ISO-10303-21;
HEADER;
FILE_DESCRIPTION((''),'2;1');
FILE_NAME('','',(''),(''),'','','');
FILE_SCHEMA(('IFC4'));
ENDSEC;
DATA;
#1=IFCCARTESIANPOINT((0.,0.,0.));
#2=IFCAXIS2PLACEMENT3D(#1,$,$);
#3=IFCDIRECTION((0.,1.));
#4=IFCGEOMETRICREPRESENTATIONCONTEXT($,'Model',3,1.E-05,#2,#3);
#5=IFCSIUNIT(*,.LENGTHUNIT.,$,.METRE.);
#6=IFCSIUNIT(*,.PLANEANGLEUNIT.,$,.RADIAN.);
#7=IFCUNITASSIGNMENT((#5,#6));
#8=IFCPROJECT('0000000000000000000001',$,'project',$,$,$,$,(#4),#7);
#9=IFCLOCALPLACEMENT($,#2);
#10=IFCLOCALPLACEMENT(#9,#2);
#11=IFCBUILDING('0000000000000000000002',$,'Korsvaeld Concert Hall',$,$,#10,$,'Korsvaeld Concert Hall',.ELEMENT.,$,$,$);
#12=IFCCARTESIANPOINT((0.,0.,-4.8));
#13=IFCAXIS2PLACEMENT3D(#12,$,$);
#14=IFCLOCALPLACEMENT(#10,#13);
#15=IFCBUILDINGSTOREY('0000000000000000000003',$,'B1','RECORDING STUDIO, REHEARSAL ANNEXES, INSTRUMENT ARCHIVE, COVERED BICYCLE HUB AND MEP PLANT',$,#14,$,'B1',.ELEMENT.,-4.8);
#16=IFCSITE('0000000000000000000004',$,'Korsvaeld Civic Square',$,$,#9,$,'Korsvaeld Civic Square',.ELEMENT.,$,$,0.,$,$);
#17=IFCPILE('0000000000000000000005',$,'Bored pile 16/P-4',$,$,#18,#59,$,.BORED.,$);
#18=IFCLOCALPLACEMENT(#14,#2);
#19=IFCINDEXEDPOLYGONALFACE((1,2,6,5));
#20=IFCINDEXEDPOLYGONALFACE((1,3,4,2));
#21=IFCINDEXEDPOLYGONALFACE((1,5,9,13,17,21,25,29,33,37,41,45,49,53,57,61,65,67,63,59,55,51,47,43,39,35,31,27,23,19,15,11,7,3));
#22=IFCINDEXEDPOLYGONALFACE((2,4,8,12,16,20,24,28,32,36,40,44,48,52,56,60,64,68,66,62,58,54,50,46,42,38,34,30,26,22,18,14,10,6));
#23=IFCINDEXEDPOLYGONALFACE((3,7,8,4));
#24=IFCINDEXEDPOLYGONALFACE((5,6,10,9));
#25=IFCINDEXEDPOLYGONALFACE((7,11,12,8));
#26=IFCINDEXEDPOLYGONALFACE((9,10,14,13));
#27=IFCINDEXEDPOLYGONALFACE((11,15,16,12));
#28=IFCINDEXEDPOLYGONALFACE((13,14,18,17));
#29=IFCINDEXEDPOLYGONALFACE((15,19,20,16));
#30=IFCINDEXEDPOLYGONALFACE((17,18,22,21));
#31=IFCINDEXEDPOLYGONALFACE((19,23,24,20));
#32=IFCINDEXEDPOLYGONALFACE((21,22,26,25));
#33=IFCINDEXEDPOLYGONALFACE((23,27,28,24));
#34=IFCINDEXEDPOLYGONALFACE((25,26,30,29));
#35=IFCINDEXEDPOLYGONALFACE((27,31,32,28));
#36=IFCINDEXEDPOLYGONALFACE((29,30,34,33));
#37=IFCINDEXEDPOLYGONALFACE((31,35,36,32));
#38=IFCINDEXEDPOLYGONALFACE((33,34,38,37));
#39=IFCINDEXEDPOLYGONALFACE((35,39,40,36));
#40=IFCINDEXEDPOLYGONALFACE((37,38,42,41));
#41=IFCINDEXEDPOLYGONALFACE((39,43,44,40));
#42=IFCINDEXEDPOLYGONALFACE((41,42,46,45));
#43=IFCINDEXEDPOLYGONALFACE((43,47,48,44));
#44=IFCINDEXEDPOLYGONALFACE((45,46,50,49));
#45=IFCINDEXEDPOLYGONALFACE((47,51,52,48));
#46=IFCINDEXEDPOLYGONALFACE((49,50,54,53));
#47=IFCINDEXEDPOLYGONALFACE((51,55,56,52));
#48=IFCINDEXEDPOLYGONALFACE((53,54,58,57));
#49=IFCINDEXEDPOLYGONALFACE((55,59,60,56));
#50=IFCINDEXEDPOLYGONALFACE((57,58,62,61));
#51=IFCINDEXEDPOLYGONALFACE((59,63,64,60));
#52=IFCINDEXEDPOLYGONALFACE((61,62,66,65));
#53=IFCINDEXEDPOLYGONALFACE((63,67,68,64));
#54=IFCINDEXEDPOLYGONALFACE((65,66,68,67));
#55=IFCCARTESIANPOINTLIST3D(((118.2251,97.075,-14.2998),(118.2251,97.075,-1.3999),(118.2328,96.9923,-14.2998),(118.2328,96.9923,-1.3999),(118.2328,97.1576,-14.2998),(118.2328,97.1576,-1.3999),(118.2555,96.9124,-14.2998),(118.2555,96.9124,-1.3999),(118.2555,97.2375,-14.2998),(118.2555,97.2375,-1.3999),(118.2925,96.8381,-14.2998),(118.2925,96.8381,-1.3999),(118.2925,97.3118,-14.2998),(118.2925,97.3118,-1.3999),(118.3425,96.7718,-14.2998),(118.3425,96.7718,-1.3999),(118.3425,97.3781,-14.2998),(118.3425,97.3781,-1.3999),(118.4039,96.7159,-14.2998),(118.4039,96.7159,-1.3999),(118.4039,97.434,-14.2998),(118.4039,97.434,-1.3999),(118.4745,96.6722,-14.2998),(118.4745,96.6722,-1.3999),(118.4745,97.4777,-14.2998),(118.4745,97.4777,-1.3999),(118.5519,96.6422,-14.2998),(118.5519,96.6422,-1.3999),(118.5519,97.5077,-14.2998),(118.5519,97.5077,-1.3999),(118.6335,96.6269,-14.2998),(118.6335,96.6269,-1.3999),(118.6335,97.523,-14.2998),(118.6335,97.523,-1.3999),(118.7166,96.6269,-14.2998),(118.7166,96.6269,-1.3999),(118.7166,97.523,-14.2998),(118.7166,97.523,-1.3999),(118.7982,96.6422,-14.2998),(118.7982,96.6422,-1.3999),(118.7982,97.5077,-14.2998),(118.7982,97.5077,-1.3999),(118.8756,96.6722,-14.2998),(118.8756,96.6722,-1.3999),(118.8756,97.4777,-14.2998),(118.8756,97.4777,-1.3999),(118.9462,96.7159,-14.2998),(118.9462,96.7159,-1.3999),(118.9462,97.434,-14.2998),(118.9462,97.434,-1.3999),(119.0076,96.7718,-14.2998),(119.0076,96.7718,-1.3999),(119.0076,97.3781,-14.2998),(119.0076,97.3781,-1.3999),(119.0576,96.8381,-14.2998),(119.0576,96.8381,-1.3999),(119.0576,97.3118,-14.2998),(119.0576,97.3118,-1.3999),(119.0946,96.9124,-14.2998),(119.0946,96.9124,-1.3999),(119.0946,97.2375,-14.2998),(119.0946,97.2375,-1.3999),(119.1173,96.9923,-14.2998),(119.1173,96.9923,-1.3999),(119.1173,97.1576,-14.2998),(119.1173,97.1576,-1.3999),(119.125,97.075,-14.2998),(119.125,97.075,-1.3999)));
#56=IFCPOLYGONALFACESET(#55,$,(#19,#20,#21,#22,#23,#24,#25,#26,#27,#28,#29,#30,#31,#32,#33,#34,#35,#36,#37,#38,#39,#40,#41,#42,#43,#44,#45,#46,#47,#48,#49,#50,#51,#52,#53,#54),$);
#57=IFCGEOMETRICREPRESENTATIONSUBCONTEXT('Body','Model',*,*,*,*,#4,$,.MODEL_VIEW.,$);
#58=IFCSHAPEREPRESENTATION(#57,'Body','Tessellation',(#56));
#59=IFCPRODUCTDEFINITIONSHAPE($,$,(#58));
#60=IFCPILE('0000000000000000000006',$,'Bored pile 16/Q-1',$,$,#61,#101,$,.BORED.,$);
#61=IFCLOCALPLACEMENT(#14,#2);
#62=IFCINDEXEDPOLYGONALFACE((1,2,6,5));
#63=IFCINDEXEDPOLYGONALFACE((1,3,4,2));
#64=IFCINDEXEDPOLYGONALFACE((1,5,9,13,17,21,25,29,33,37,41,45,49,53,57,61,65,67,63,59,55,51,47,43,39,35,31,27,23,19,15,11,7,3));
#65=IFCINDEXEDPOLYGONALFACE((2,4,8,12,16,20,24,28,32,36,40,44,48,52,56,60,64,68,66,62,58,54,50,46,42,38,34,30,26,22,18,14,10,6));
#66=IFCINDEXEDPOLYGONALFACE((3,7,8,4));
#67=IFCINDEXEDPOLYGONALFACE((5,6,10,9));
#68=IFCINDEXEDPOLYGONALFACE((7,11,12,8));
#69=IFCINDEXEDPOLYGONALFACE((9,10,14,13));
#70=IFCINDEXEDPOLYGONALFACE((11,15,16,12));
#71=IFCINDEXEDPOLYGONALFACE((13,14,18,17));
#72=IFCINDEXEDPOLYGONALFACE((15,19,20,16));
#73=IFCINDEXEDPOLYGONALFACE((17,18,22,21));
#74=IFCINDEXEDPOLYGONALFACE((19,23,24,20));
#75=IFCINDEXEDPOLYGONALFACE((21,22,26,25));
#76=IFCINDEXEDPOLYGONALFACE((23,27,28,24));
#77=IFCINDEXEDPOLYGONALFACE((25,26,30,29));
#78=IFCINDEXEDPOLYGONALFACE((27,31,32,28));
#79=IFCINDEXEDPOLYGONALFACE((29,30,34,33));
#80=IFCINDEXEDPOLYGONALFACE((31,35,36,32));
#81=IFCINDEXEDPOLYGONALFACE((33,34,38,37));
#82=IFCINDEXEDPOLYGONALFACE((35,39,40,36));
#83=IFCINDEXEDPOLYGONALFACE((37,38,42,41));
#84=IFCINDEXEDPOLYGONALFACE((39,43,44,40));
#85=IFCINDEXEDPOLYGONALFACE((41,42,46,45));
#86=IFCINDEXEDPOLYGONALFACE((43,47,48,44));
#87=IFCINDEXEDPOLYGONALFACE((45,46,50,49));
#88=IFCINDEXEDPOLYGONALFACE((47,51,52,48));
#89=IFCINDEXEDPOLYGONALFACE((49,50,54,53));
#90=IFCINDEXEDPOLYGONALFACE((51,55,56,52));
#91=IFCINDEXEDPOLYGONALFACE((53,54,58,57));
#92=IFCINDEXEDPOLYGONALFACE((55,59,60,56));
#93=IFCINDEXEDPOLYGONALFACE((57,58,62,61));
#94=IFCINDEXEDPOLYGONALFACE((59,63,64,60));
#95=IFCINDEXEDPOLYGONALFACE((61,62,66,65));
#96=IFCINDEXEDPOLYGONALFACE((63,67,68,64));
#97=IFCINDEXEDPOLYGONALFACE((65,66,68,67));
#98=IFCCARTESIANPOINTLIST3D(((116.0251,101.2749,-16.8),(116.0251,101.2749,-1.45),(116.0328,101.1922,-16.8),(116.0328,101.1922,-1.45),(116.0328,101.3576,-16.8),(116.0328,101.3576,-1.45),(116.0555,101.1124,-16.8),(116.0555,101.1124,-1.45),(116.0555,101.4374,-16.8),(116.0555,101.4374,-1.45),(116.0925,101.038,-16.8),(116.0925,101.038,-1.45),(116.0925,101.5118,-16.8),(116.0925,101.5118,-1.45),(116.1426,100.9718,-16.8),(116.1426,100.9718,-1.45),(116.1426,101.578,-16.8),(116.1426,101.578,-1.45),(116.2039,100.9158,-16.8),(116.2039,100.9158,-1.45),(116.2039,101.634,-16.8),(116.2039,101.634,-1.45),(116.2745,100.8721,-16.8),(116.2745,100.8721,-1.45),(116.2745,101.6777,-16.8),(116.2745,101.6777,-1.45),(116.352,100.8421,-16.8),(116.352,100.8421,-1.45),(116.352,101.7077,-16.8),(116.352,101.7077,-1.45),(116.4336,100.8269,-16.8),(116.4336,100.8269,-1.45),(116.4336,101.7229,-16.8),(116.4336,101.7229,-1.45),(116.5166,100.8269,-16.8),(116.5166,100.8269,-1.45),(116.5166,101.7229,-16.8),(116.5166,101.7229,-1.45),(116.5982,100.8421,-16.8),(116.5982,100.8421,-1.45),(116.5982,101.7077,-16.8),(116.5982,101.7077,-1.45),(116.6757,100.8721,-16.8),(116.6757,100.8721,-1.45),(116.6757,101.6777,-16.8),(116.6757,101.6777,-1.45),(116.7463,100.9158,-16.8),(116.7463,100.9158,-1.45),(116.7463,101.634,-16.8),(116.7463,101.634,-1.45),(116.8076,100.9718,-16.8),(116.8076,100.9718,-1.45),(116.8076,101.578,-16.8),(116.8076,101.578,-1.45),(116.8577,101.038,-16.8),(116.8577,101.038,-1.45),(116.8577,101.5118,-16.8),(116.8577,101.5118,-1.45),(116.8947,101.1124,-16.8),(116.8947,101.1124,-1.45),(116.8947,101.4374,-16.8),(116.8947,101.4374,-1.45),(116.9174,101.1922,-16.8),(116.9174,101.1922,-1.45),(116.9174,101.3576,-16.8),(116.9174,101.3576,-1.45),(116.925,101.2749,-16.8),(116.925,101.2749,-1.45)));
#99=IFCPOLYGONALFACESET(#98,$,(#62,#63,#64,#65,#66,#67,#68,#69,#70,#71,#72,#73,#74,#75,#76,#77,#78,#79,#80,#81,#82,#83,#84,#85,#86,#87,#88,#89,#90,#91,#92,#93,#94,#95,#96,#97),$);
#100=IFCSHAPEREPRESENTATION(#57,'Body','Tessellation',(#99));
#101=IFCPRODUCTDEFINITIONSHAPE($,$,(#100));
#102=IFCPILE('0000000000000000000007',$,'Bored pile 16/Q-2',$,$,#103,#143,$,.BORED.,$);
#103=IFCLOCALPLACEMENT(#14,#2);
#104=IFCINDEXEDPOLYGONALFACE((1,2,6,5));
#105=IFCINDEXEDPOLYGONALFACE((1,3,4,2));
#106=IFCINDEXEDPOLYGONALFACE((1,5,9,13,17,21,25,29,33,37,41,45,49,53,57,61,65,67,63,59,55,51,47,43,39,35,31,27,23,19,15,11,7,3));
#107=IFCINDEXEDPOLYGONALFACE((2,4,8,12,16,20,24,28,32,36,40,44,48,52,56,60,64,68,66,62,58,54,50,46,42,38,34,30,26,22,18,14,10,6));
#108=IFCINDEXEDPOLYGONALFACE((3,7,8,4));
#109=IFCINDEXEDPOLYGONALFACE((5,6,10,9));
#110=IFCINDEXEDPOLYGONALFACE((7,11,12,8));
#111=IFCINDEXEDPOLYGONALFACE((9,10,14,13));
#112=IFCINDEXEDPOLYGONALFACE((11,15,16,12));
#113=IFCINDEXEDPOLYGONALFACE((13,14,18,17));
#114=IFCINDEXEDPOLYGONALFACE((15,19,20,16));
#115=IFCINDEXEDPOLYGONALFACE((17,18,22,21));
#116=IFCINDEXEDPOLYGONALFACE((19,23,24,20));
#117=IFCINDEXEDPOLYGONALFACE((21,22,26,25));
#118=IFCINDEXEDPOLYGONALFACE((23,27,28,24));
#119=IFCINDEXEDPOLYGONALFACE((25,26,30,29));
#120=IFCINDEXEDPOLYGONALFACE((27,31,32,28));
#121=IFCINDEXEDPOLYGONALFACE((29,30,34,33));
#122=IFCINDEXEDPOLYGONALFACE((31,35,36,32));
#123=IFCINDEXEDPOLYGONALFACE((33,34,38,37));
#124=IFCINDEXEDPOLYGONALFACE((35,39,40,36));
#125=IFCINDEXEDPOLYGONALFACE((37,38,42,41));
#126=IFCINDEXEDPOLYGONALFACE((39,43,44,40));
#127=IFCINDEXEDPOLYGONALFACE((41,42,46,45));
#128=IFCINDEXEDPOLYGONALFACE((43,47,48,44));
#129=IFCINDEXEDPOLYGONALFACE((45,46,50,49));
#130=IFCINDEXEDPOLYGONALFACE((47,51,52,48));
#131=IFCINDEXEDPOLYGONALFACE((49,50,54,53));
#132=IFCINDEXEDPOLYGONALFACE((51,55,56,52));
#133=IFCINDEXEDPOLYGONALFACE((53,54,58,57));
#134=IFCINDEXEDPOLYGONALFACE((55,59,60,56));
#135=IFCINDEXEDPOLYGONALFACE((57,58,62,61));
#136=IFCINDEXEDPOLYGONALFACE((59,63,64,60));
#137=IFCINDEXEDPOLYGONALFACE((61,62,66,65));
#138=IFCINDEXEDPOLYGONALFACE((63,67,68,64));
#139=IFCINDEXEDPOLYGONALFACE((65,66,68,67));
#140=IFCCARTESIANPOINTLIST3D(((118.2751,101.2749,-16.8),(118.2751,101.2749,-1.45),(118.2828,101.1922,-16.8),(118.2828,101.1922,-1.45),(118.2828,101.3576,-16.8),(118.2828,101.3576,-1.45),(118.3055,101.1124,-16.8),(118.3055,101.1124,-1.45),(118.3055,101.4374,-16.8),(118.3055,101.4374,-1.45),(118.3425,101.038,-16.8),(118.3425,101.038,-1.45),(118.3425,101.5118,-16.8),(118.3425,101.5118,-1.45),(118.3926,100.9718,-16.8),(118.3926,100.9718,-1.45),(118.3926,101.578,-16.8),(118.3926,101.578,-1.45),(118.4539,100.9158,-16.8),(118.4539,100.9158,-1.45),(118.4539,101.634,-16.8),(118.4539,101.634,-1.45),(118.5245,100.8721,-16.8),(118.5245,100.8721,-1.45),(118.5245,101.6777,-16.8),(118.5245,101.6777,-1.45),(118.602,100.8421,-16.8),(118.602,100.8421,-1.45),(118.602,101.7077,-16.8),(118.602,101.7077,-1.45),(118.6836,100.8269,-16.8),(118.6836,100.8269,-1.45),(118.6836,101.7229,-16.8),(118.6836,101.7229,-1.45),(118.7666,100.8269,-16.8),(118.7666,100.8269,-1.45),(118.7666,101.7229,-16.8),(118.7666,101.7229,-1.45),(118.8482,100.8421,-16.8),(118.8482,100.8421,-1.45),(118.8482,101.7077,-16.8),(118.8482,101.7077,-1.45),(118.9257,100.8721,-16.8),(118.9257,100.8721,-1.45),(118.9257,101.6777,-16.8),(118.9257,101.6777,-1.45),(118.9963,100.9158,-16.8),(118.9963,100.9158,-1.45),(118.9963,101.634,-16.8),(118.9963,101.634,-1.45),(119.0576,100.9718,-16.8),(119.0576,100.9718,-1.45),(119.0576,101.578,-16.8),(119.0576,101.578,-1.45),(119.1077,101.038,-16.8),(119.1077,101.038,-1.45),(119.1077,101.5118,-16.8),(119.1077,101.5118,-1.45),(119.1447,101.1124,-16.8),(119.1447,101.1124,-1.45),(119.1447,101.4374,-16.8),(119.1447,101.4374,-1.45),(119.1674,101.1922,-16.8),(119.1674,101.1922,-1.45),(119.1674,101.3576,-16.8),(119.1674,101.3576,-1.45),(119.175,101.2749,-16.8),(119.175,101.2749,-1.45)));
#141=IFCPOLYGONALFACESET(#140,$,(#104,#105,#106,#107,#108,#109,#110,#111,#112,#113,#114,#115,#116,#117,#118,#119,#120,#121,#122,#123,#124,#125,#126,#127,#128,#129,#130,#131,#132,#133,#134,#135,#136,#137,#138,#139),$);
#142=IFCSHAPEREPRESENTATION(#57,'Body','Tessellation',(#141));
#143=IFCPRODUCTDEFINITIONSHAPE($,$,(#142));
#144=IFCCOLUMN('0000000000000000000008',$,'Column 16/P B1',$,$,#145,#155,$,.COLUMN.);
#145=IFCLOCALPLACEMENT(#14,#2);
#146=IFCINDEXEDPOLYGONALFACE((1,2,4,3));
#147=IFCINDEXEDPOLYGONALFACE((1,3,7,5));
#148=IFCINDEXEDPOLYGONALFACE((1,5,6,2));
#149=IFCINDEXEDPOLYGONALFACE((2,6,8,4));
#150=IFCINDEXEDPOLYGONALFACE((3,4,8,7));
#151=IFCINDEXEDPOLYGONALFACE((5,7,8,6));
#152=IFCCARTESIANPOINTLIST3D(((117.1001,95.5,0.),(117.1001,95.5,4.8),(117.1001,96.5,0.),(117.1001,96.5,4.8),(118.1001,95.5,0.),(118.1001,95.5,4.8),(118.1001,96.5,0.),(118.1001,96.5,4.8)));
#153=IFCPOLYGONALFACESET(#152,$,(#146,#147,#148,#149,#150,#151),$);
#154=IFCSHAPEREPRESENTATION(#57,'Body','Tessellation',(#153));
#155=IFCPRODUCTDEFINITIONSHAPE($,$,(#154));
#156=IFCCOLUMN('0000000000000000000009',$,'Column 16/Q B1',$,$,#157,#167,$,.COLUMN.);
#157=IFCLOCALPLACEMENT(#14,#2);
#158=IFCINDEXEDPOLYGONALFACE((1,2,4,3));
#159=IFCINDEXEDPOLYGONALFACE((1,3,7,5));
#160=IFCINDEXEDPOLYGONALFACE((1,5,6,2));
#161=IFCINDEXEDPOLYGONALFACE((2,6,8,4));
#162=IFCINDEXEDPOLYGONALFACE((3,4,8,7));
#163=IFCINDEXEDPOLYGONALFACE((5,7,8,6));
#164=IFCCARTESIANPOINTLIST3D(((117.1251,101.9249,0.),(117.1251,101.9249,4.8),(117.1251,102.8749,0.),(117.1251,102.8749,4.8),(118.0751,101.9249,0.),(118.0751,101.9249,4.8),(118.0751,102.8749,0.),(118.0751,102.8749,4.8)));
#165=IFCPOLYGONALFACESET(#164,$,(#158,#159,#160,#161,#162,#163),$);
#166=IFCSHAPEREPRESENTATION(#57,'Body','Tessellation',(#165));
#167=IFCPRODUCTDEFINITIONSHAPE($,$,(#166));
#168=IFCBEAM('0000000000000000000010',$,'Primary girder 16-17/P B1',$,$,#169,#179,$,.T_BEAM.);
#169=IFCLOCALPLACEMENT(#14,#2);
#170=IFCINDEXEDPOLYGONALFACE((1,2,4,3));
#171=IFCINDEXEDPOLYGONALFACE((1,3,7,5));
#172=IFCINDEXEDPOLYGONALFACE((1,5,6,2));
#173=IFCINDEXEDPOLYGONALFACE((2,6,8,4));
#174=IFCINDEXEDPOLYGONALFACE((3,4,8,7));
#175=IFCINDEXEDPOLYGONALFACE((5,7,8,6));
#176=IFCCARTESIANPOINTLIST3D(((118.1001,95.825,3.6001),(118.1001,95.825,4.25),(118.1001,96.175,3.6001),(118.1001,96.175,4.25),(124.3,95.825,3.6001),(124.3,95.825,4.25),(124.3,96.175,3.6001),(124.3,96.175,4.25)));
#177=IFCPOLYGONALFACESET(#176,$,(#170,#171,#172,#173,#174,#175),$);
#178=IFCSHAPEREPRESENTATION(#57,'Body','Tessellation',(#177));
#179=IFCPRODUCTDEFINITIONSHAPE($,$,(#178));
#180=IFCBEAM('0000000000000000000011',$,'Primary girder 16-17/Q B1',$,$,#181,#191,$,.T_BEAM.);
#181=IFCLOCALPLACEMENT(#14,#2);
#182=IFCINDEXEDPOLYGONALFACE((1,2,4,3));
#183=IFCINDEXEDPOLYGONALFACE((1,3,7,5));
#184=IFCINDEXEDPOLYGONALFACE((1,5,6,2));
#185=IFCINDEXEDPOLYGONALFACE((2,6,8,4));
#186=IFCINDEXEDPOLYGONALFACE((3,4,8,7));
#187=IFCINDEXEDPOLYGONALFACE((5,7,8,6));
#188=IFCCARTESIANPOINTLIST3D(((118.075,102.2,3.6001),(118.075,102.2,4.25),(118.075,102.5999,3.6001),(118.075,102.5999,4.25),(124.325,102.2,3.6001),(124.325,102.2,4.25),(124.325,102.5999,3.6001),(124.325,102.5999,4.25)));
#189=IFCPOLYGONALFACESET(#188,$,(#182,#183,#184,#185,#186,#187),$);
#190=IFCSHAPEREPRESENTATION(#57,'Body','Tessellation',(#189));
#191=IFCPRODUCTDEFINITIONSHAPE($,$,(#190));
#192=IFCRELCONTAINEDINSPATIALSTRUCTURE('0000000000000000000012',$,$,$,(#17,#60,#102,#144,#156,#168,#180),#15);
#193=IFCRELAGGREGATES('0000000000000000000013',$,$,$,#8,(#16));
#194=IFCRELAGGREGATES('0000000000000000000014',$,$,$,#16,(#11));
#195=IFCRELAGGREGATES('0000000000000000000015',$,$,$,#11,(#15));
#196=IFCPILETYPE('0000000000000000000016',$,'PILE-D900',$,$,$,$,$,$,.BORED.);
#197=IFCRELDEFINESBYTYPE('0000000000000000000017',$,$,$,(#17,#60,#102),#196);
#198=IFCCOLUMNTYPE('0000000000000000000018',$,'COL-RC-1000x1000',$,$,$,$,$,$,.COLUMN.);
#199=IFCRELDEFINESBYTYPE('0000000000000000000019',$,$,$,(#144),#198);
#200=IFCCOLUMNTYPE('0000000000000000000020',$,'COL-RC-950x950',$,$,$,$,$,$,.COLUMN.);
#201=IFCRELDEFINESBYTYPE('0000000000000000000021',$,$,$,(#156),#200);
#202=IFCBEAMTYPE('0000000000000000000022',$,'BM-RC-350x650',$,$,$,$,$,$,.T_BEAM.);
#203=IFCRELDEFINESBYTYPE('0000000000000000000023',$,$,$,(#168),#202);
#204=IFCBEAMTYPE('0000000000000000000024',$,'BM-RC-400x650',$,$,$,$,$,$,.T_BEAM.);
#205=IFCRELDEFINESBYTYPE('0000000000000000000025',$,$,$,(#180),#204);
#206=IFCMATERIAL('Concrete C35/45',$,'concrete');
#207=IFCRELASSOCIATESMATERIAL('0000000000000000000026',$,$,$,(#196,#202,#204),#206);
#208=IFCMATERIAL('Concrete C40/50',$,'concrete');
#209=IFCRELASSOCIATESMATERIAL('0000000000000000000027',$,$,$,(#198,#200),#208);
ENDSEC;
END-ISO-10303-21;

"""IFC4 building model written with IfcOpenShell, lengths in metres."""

from ifc_helpers import new_model, si_unit, direction, frame, origin, origin_2d, place, context, subcontext, project, spatial, rectangle, circle, extrude, material, material_profile, profile_set, type_object, element, save


model = new_model("IFC4")

# Units and contexts
model_context = context("Model", 3, precision=1e-05, world=origin(), true_north=direction((0.0, 1.0)))
body_context = subcontext(model_context, "Body", "Model", "MODEL_VIEW")
ifc_project = project(units=[si_unit("LENGTHUNIT", "METRE"), si_unit("PLANEANGLEUNIT", "RADIAN")], contexts=[model_context])

# Site, building, storey
site_placement = place(None, origin())
site = spatial("IfcSite", under=ifc_project, at=site_placement, Name="Korsvaeld Civic Square", LongName="Korsvaeld Civic Square", CompositionType="ELEMENT", RefElevation=0.0)
building_placement = place(site_placement, origin())
building = spatial("IfcBuilding", under=site, at=building_placement, Name="Korsvaeld Concert Hall", LongName="Korsvaeld Concert Hall", CompositionType="ELEMENT")
storey_placement = place(building_placement, frame((0.0, 0.0, -4.8)))
storey = spatial("IfcBuildingStorey", under=building, at=storey_placement, Name="B1", Description="RECORDING STUDIO, REHEARSAL ANNEXES, INSTRUMENT ARCHIVE, COVERED BICYCLE HUB AND MEP PLANT", LongName="B1", CompositionType="ELEMENT", Elevation=-4.8)

# Shared definitions
ifc_material_1 = material(Name="Concrete C35/45", Category="concrete")

# Piles
ifc_material_profile_1 = material_profile(ifc_material_1, circle(Radius=0.45, at=origin_2d()), Name="BORED PILE D900")
ifc_profile_set_1 = profile_set([ifc_material_profile_1], Name="Concrete C35/45")
pile_type = type_object("IfcPileType", Name="PILE-D900", PredefinedType="BORED", material=ifc_profile_set_1)
for number, where, z_axis, x_axis, name in (
    (1, (118.675, 97.075, -1.3999), (0.0, 0.0, -1.0), (1.0, 0.0, 0.0), "Bored pile 16/P-4"),
):
    element("IfcPile", number, at=place(storey_placement, frame(where, z_axis=z_axis, x_axis=x_axis)), inside=storey, type_object=pile_type, Name=name, PredefinedType="BORED", context=body_context, shape_type="SweptSolid", body=[
        extrude(circle(Radius=0.45, at=origin_2d()), origin(), (0.0, 0.0, 1.0), 12.8999),
    ])
for number, where, z_axis, x_axis, name in (
    (2, (116.4751, 101.2749, -1.45), (0.0, 0.0, -1.0), (1.0, 0.0, 0.0), "Bored pile 16/Q-1"),
    (3, (118.7251, 101.2749, -1.45), (0.0, 0.0, -1.0), (1.0, 0.0, 0.0), "Bored pile 16/Q-2"),
):
    element("IfcPile", number, at=place(storey_placement, frame(where, z_axis=z_axis, x_axis=x_axis)), inside=storey, type_object=pile_type, Name=name, PredefinedType="BORED", context=body_context, shape_type="SweptSolid", body=[
        extrude(circle(Radius=0.45, at=origin_2d()), origin(), (0.0, 0.0, 1.0), 15.3501),
    ])

# Columns
ifc_material_2 = material(Name="Concrete C40/50", Category="concrete")
ifc_material_profile_2 = material_profile(ifc_material_2, rectangle(XDim=1.0, YDim=1.0, at=origin_2d()), Name="RC 1000x1000")
ifc_profile_set_2 = profile_set([ifc_material_profile_2], Name="Concrete C40/50")
column_type_1 = type_object("IfcColumnType", Name="COL-RC-1000x1000", PredefinedType="COLUMN", material=ifc_profile_set_2)
column_1_placement = place(storey_placement, frame((117.6001, 96.0, 0.0), z_axis=(0.0, 0.0, 1.0), x_axis=(1.0, 0.0, 0.0)))
element("IfcColumn", 4, at=column_1_placement, inside=storey, type_object=column_type_1, Name="Column 16/P B1", PredefinedType="COLUMN", context=body_context, shape_type="SweptSolid", body=[
    extrude(rectangle(XDim=1.0, YDim=1.0, at=origin_2d()), origin(), (0.0, 0.0, 1.0), 4.8),
])
ifc_material_profile_3 = material_profile(ifc_material_2, rectangle(XDim=0.95, YDim=0.95, at=origin_2d()), Name="RC 950x950")
ifc_profile_set_3 = profile_set([ifc_material_profile_3], Name="Concrete C40/50")
column_type_2 = type_object("IfcColumnType", Name="COL-RC-950x950", PredefinedType="COLUMN", material=ifc_profile_set_3)
column_2_placement = place(storey_placement, frame((117.6001, 102.3999, 0.0), z_axis=(0.0, 0.0, 1.0), x_axis=(1.0, 0.0, 0.0)))
element("IfcColumn", 5, at=column_2_placement, inside=storey, type_object=column_type_2, Name="Column 16/Q B1", PredefinedType="COLUMN", context=body_context, shape_type="SweptSolid", body=[
    extrude(rectangle(XDim=0.95, YDim=0.95, at=origin_2d()), origin(), (0.0, 0.0, 1.0), 4.8),
])

# Beams
ifc_material_profile_4 = material_profile(ifc_material_1, rectangle(XDim=0.3501, YDim=0.6499, at=origin_2d()), Name="RC 350x650")
ifc_profile_set_4 = profile_set([ifc_material_profile_4], Name="Concrete C35/45")
beam_type_1 = type_object("IfcBeamType", Name="BM-RC-350x650", PredefinedType="T_BEAM", material=ifc_profile_set_4)
beam_1_placement = place(storey_placement, frame((118.1001, 96.0, 3.925), z_axis=(1.0, 0.0, 0.0), x_axis=(0.0, 1.0, 0.0)))
element("IfcBeam", 6, at=beam_1_placement, inside=storey, type_object=beam_type_1, Name="Primary girder 16-17/P B1", PredefinedType="T_BEAM", context=body_context, shape_type="SweptSolid", body=[
    extrude(rectangle(XDim=0.3501, YDim=0.6499, at=origin_2d()), origin(), (0.0, 0.0, 1.0), 6.2),
])
ifc_material_profile_5 = material_profile(ifc_material_1, rectangle(XDim=0.3999, YDim=0.6499, at=origin_2d()), Name="RC 400x650")
ifc_profile_set_5 = profile_set([ifc_material_profile_5], Name="Concrete C35/45")
beam_type_2 = type_object("IfcBeamType", Name="BM-RC-400x650", PredefinedType="T_BEAM", material=ifc_profile_set_5)
beam_2_placement = place(storey_placement, frame((118.075, 102.3999, 3.925), z_axis=(1.0, 0.0, 0.0), x_axis=(0.0, 1.0, 0.0)))
element("IfcBeam", 7, at=beam_2_placement, inside=storey, type_object=beam_type_2, Name="Primary girder 16-17/Q B1", PredefinedType="T_BEAM", context=body_context, shape_type="SweptSolid", body=[
    extrude(rectangle(XDim=0.3999, YDim=0.6499, at=origin_2d()), origin(), (0.0, 0.0, 1.0), 6.25),
])

save(model, "model.ifc")
